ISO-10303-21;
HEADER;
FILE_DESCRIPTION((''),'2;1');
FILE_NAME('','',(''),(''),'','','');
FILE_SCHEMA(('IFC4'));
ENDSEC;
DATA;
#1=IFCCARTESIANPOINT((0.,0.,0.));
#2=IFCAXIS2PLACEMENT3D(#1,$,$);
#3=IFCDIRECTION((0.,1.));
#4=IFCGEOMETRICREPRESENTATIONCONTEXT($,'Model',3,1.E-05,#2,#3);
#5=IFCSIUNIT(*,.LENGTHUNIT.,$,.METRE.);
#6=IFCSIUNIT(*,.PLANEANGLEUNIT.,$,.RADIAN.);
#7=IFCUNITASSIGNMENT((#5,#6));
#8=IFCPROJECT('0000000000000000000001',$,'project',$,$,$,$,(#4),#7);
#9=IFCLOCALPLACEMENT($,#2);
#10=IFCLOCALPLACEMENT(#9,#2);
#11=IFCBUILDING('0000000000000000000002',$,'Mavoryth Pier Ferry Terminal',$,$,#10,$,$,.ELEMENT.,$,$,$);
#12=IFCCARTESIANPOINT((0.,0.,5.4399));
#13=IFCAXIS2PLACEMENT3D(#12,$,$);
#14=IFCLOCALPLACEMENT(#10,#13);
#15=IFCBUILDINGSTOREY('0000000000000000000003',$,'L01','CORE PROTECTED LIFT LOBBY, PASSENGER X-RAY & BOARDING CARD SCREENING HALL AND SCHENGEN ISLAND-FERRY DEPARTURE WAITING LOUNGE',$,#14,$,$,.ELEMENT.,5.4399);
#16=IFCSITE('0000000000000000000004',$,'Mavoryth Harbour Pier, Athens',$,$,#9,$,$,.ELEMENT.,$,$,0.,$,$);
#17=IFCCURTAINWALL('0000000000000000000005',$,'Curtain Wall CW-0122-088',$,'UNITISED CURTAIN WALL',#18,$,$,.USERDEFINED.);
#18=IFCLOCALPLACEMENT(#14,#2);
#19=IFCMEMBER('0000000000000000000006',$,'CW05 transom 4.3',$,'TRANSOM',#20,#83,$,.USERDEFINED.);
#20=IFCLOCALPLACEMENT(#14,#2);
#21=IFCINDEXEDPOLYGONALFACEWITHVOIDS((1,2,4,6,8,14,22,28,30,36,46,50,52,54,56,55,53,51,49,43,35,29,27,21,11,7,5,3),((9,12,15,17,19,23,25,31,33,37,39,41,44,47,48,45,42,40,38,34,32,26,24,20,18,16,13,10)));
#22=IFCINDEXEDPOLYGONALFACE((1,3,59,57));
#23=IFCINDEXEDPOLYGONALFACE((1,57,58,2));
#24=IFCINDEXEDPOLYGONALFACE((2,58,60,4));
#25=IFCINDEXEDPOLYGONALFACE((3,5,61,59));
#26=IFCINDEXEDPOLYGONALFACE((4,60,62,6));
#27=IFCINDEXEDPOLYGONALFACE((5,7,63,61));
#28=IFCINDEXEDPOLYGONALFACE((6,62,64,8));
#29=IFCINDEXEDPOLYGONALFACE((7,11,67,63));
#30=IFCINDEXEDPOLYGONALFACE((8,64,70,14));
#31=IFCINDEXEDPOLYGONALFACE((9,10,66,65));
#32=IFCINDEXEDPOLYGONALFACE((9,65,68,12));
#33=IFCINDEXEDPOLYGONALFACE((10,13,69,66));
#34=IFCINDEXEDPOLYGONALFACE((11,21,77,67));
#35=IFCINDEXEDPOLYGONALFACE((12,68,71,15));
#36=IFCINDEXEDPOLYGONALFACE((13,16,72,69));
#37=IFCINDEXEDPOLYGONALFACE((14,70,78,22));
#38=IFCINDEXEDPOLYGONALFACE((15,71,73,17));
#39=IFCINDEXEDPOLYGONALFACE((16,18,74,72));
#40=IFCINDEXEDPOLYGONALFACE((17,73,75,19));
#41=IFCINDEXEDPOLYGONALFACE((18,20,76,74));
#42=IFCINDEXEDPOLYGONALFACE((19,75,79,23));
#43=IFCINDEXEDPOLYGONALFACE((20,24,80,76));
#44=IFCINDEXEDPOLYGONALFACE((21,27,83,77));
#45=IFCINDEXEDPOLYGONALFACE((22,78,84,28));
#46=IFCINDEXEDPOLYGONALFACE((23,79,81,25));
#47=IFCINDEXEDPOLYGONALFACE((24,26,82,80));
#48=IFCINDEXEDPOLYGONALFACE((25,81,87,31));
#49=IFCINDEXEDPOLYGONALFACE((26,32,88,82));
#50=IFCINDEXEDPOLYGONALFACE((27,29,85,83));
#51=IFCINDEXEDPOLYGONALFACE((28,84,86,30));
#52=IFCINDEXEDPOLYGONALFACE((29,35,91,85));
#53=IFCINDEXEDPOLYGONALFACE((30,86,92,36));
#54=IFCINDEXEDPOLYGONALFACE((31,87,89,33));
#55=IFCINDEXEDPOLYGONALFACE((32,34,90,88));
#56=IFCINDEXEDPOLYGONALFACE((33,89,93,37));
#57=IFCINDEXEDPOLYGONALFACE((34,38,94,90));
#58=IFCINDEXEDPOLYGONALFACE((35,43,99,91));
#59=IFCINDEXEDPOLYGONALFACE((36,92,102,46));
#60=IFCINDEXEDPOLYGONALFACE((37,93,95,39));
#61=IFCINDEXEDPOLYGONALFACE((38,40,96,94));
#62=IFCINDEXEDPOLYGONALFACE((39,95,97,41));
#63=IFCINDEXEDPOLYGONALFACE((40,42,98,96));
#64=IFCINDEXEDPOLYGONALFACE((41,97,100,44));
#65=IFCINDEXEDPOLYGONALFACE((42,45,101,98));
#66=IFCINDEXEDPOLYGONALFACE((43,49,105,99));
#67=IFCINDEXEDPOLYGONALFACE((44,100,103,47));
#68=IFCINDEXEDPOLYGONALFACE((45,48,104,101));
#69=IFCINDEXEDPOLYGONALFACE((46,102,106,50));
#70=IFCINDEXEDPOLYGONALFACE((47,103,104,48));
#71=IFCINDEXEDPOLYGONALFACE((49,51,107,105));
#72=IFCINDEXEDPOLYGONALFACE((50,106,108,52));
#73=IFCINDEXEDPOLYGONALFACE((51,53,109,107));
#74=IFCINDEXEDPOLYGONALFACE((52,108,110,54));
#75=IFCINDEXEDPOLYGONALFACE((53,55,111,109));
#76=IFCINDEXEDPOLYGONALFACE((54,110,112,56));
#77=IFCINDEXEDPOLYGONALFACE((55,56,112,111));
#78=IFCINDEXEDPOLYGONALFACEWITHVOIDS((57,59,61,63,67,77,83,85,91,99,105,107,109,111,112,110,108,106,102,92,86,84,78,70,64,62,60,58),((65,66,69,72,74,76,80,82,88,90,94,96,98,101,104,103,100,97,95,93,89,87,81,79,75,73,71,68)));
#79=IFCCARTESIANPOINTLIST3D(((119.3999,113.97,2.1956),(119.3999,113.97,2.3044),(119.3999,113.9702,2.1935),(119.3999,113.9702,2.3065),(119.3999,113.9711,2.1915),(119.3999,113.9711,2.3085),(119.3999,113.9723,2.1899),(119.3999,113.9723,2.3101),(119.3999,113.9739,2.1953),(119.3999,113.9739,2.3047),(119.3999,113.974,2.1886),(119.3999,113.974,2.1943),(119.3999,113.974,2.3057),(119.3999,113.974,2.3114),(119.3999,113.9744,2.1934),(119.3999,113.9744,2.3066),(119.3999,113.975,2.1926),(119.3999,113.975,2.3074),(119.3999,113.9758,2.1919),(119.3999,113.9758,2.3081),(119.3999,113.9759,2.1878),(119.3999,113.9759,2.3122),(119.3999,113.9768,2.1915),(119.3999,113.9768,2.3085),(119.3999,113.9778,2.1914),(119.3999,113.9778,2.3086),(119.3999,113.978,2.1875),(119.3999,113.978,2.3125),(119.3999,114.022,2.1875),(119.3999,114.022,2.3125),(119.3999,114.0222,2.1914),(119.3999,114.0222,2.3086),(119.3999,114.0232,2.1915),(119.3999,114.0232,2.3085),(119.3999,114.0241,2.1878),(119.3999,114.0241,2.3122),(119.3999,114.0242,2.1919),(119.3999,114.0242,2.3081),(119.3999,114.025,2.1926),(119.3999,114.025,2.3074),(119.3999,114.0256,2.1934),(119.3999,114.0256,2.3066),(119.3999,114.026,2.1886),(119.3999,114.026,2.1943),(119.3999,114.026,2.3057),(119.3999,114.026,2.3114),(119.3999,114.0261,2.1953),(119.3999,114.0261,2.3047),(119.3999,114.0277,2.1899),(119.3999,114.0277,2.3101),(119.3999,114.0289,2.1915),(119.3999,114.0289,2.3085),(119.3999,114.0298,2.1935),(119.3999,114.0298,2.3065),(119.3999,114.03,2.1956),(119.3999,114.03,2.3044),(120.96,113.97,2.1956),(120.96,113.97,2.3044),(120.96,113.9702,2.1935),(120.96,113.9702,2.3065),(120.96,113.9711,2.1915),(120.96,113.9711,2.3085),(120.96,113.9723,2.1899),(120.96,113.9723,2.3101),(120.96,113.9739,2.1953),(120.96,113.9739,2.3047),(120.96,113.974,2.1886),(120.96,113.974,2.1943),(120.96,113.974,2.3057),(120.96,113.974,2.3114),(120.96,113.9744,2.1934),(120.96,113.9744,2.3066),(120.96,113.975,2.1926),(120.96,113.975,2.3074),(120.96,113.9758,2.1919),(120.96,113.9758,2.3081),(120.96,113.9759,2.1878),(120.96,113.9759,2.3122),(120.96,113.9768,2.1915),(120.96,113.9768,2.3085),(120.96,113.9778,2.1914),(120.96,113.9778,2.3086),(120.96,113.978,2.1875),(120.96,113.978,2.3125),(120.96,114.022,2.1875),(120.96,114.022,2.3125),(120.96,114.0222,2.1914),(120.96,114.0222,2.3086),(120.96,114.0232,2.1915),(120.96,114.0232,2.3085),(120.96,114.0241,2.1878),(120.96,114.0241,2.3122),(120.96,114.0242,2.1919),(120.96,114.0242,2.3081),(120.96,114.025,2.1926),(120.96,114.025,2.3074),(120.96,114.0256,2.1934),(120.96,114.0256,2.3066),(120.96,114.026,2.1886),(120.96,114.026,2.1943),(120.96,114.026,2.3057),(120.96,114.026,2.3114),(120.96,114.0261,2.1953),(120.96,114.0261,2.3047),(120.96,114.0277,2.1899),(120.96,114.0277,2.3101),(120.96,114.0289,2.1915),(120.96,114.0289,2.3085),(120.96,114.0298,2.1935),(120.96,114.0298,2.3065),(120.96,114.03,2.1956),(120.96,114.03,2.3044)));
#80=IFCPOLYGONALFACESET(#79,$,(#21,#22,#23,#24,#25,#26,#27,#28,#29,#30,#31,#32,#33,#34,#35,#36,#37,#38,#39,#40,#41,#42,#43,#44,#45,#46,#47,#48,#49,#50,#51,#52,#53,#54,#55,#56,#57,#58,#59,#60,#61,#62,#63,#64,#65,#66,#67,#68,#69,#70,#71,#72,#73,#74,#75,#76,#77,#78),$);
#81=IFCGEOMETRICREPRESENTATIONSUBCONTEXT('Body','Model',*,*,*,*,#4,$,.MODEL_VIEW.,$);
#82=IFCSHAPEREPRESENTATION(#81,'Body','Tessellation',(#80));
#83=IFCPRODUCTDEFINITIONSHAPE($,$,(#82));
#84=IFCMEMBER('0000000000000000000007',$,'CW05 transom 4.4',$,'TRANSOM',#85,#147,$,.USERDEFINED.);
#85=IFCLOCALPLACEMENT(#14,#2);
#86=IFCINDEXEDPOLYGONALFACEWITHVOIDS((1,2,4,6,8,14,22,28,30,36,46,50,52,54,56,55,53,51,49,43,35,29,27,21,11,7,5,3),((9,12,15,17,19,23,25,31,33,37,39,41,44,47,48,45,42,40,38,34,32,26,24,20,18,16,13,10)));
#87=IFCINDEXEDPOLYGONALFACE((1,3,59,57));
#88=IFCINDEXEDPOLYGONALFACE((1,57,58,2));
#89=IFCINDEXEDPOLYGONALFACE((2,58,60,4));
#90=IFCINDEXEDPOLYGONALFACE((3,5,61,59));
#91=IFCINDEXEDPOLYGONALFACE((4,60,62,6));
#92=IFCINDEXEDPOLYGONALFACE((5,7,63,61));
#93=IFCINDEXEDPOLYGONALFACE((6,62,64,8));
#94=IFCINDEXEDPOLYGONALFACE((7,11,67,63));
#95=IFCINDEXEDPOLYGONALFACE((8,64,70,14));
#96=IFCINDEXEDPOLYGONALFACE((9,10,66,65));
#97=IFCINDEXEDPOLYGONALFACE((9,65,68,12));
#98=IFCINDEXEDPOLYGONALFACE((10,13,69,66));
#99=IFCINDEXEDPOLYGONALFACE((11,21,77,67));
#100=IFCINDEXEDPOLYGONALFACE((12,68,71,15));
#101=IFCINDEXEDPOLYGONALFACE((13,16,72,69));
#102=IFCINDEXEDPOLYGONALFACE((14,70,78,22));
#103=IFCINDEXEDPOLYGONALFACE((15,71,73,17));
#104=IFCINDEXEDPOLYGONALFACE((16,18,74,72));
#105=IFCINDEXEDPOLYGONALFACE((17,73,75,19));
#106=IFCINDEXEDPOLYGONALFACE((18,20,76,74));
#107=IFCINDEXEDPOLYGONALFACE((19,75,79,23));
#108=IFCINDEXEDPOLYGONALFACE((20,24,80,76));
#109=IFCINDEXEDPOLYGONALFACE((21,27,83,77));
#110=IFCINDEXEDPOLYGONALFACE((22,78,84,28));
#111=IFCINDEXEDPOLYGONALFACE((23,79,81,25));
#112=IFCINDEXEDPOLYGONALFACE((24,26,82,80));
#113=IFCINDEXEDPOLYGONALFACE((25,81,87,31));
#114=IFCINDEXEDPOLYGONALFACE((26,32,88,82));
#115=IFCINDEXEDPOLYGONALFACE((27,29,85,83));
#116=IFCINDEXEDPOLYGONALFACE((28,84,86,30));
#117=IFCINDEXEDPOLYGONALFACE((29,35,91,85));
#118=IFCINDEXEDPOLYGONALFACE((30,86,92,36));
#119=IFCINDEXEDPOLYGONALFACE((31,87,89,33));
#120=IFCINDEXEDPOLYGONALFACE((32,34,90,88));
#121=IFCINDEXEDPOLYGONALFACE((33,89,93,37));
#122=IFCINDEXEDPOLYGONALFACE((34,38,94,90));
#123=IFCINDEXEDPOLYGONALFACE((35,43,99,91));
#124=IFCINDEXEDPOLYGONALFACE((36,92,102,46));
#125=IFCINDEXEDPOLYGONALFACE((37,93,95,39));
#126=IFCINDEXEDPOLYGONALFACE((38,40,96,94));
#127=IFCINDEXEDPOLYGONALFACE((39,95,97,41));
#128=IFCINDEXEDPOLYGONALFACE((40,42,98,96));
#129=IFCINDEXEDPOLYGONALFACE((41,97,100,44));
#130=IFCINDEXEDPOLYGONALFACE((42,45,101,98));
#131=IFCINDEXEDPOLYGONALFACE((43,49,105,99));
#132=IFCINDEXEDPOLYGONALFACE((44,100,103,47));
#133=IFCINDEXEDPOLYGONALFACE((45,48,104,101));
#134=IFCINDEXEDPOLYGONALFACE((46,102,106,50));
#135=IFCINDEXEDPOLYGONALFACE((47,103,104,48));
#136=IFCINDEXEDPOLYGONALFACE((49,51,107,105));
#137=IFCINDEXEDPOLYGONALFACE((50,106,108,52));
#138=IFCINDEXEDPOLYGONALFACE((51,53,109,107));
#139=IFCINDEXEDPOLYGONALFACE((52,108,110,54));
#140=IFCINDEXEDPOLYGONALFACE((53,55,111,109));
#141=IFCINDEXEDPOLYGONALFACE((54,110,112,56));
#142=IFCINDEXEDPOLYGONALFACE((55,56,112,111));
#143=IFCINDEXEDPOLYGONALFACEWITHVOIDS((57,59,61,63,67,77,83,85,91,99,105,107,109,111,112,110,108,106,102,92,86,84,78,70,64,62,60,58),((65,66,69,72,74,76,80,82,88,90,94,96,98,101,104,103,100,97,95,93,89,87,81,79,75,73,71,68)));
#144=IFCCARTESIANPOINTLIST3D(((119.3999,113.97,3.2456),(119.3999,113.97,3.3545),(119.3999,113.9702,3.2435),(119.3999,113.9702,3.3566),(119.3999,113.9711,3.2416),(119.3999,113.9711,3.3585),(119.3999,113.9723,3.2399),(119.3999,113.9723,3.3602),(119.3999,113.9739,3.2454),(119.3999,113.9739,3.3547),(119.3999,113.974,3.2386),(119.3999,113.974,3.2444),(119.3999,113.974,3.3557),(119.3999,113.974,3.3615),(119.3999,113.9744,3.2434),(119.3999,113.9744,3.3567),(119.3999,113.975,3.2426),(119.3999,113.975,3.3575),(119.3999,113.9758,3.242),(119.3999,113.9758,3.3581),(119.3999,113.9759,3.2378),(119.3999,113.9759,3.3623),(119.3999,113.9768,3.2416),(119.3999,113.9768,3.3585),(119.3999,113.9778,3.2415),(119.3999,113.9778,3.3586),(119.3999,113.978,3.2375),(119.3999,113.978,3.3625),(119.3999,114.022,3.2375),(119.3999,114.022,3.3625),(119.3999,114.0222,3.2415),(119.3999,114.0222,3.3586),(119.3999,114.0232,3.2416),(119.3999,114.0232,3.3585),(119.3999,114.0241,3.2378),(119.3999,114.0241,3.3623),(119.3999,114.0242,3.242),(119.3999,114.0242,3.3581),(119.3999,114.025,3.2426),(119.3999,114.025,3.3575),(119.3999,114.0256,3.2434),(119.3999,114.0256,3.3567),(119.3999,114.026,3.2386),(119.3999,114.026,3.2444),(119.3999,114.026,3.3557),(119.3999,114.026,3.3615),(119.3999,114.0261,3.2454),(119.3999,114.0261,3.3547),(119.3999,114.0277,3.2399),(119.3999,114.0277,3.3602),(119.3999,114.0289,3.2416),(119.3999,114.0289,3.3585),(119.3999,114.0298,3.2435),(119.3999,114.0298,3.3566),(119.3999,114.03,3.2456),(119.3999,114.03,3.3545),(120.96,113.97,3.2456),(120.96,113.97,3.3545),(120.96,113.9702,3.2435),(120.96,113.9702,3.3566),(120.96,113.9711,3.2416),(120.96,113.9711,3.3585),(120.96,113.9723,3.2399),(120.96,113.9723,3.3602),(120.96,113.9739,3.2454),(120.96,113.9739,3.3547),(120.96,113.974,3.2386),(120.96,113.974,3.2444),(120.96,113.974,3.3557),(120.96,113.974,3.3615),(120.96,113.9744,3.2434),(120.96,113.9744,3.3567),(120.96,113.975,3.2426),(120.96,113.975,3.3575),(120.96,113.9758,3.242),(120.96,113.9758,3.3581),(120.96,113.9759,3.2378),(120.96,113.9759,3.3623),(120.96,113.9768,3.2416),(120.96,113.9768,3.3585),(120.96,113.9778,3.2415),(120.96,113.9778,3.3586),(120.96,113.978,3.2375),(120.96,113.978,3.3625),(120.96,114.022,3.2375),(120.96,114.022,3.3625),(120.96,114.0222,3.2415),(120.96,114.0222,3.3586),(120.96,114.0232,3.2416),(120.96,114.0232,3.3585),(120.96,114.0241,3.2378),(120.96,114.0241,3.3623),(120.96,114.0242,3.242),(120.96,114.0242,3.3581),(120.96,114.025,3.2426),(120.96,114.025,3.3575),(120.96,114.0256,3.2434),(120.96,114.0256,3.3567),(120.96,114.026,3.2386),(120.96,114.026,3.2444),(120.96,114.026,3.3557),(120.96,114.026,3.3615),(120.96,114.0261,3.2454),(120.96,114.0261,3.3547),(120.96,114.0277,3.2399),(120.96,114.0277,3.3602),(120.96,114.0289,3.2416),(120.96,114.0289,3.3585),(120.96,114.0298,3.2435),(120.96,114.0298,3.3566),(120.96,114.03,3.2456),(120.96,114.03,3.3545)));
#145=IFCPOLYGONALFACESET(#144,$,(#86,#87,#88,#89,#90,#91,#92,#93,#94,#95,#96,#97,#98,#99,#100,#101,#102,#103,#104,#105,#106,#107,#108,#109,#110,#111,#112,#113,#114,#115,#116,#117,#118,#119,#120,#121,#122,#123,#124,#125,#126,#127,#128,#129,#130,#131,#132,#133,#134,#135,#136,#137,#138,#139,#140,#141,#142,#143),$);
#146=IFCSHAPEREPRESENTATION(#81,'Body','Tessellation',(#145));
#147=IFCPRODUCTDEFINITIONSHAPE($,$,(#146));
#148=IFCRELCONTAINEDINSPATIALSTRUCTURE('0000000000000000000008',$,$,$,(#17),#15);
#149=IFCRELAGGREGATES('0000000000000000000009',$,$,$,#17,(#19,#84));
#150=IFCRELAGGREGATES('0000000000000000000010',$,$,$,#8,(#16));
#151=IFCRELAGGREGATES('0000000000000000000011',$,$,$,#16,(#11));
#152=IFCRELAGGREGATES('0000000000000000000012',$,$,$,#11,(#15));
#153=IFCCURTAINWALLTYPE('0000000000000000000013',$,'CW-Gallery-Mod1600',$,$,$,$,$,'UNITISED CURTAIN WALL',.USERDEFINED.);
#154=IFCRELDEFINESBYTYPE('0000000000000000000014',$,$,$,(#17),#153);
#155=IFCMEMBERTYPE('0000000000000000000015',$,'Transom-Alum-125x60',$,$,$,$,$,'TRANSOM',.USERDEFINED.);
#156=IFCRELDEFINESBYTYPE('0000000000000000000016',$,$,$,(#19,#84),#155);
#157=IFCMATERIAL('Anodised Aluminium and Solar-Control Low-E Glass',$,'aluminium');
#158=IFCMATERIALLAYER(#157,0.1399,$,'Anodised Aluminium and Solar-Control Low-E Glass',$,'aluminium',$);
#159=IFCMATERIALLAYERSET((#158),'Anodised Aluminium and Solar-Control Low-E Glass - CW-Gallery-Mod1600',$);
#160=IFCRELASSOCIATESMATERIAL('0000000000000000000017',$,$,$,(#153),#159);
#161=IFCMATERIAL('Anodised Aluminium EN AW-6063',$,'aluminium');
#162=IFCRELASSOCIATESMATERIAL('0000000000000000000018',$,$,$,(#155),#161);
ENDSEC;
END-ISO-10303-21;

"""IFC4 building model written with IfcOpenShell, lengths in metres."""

from ifc_helpers import new_model, si_unit, direction, frame, origin, origin_2d, place, context, subcontext, project, spatial, hollow_rectangle, extrude, material, layer, layer_set, material_profile, profile_set, type_object, element, aggregate, save


model = new_model("IFC4")

# Units and contexts
model_context = context("Model", 3, precision=1e-05, world=origin(), true_north=direction((0.0, 1.0)))
body_context = subcontext(model_context, "Body", "Model", "MODEL_VIEW")
ifc_project = project(units=[si_unit("LENGTHUNIT", "METRE"), si_unit("PLANEANGLEUNIT", "RADIAN")], contexts=[model_context])

# Site, building, storey
site_placement = place(None, origin())
site = spatial("IfcSite", under=ifc_project, at=site_placement, Name="Mavoryth Harbour Pier, Athens", CompositionType="ELEMENT", RefElevation=0.0)
building_placement = place(site_placement, origin())
building = spatial("IfcBuilding", under=site, at=building_placement, Name="Mavoryth Pier Ferry Terminal", CompositionType="ELEMENT")
storey_placement = place(building_placement, frame((0.0, 0.0, 5.4399)))
storey = spatial("IfcBuildingStorey", under=building, at=storey_placement, Name="L01", Description="CORE PROTECTED LIFT LOBBY, PASSENGER X-RAY & BOARDING CARD SCREENING HALL AND SCHENGEN ISLAND-FERRY DEPARTURE WAITING LOUNGE", CompositionType="ELEMENT", Elevation=5.4399)

# Curtain wall, members
ifc_material_1 = material(Name="Anodised Aluminium and Solar-Control Low-E Glass", Category="aluminium")
ifc_layer_1 = layer(ifc_material_1, 0.1399, Name="Anodised Aluminium and Solar-Control Low-E Glass", Category="aluminium")
ifc_layer_set_1 = layer_set([ifc_layer_1], Name="Anodised Aluminium and Solar-Control Low-E Glass - CW-Gallery-Mod1600")
curtain_wall_type = type_object("IfcCurtainWallType", Name="CW-Gallery-Mod1600", ElementType="UNITISED CURTAIN WALL", PredefinedType="USERDEFINED", material=ifc_layer_set_1)
curtain_wall_placement = place(storey_placement, origin())
curtain_wall = element("IfcCurtainWall", 1, at=curtain_wall_placement, inside=storey, type_object=curtain_wall_type, Name="Curtain Wall CW-0122-088", ObjectType="UNITISED CURTAIN WALL", PredefinedType="USERDEFINED")
ifc_material_2 = material(Name="Anodised Aluminium EN AW-6063", Category="aluminium")
ifc_material_profile_1 = material_profile(ifc_material_2, hollow_rectangle(XDim=0.0601, YDim=0.125, WallThickness=0.0039, InnerFilletRadius=0.0039, OuterFilletRadius=0.0081, at=origin_2d()), Name="AL-TRAN 125x60x4", Category="aluminium")
ifc_profile_set_1 = profile_set([ifc_material_profile_1], Name="Anodised Aluminium EN AW-6063 - AL-TRAN 125x60x4")
member_type_1 = type_object("IfcMemberType", Name="Transom-Alum-125x60", ElementType="TRANSOM", PredefinedType="USERDEFINED", material=ifc_profile_set_1)
member_1_placement = place(storey_placement, frame((120.96, 114.0, 2.25), z_axis=(-1.0, 0.0, 0.0), x_axis=(0.0, -1.0, 0.0)))
member_1 = element("IfcMember", 2, at=member_1_placement, type_object=member_type_1, Name="CW05 transom 4.3", ObjectType="TRANSOM", PredefinedType="USERDEFINED", context=body_context, shape_type="SweptSolid", body=[
    extrude(hollow_rectangle(XDim=0.0601, YDim=0.125, WallThickness=0.0039, InnerFilletRadius=0.0039, OuterFilletRadius=0.0081, at=origin_2d()), origin(), (0.0, 0.0, 1.0), 1.5601),
])
member_2_placement = place(storey_placement, frame((120.96, 114.0, 3.3), z_axis=(-1.0, 0.0, 0.0), x_axis=(0.0, -1.0, 0.0)))
member_2 = element("IfcMember", 3, at=member_2_placement, type_object=member_type_1, Name="CW05 transom 4.4", ObjectType="TRANSOM", PredefinedType="USERDEFINED", context=body_context, shape_type="SweptSolid", body=[
    extrude(hollow_rectangle(XDim=0.0601, YDim=0.125, WallThickness=0.0039, InnerFilletRadius=0.0039, OuterFilletRadius=0.0081, at=origin_2d()), origin(), (0.0, 0.0, 1.0), 1.5601),
])
aggregate(curtain_wall, [member_1, member_2])

save(model, "model.ifc")
